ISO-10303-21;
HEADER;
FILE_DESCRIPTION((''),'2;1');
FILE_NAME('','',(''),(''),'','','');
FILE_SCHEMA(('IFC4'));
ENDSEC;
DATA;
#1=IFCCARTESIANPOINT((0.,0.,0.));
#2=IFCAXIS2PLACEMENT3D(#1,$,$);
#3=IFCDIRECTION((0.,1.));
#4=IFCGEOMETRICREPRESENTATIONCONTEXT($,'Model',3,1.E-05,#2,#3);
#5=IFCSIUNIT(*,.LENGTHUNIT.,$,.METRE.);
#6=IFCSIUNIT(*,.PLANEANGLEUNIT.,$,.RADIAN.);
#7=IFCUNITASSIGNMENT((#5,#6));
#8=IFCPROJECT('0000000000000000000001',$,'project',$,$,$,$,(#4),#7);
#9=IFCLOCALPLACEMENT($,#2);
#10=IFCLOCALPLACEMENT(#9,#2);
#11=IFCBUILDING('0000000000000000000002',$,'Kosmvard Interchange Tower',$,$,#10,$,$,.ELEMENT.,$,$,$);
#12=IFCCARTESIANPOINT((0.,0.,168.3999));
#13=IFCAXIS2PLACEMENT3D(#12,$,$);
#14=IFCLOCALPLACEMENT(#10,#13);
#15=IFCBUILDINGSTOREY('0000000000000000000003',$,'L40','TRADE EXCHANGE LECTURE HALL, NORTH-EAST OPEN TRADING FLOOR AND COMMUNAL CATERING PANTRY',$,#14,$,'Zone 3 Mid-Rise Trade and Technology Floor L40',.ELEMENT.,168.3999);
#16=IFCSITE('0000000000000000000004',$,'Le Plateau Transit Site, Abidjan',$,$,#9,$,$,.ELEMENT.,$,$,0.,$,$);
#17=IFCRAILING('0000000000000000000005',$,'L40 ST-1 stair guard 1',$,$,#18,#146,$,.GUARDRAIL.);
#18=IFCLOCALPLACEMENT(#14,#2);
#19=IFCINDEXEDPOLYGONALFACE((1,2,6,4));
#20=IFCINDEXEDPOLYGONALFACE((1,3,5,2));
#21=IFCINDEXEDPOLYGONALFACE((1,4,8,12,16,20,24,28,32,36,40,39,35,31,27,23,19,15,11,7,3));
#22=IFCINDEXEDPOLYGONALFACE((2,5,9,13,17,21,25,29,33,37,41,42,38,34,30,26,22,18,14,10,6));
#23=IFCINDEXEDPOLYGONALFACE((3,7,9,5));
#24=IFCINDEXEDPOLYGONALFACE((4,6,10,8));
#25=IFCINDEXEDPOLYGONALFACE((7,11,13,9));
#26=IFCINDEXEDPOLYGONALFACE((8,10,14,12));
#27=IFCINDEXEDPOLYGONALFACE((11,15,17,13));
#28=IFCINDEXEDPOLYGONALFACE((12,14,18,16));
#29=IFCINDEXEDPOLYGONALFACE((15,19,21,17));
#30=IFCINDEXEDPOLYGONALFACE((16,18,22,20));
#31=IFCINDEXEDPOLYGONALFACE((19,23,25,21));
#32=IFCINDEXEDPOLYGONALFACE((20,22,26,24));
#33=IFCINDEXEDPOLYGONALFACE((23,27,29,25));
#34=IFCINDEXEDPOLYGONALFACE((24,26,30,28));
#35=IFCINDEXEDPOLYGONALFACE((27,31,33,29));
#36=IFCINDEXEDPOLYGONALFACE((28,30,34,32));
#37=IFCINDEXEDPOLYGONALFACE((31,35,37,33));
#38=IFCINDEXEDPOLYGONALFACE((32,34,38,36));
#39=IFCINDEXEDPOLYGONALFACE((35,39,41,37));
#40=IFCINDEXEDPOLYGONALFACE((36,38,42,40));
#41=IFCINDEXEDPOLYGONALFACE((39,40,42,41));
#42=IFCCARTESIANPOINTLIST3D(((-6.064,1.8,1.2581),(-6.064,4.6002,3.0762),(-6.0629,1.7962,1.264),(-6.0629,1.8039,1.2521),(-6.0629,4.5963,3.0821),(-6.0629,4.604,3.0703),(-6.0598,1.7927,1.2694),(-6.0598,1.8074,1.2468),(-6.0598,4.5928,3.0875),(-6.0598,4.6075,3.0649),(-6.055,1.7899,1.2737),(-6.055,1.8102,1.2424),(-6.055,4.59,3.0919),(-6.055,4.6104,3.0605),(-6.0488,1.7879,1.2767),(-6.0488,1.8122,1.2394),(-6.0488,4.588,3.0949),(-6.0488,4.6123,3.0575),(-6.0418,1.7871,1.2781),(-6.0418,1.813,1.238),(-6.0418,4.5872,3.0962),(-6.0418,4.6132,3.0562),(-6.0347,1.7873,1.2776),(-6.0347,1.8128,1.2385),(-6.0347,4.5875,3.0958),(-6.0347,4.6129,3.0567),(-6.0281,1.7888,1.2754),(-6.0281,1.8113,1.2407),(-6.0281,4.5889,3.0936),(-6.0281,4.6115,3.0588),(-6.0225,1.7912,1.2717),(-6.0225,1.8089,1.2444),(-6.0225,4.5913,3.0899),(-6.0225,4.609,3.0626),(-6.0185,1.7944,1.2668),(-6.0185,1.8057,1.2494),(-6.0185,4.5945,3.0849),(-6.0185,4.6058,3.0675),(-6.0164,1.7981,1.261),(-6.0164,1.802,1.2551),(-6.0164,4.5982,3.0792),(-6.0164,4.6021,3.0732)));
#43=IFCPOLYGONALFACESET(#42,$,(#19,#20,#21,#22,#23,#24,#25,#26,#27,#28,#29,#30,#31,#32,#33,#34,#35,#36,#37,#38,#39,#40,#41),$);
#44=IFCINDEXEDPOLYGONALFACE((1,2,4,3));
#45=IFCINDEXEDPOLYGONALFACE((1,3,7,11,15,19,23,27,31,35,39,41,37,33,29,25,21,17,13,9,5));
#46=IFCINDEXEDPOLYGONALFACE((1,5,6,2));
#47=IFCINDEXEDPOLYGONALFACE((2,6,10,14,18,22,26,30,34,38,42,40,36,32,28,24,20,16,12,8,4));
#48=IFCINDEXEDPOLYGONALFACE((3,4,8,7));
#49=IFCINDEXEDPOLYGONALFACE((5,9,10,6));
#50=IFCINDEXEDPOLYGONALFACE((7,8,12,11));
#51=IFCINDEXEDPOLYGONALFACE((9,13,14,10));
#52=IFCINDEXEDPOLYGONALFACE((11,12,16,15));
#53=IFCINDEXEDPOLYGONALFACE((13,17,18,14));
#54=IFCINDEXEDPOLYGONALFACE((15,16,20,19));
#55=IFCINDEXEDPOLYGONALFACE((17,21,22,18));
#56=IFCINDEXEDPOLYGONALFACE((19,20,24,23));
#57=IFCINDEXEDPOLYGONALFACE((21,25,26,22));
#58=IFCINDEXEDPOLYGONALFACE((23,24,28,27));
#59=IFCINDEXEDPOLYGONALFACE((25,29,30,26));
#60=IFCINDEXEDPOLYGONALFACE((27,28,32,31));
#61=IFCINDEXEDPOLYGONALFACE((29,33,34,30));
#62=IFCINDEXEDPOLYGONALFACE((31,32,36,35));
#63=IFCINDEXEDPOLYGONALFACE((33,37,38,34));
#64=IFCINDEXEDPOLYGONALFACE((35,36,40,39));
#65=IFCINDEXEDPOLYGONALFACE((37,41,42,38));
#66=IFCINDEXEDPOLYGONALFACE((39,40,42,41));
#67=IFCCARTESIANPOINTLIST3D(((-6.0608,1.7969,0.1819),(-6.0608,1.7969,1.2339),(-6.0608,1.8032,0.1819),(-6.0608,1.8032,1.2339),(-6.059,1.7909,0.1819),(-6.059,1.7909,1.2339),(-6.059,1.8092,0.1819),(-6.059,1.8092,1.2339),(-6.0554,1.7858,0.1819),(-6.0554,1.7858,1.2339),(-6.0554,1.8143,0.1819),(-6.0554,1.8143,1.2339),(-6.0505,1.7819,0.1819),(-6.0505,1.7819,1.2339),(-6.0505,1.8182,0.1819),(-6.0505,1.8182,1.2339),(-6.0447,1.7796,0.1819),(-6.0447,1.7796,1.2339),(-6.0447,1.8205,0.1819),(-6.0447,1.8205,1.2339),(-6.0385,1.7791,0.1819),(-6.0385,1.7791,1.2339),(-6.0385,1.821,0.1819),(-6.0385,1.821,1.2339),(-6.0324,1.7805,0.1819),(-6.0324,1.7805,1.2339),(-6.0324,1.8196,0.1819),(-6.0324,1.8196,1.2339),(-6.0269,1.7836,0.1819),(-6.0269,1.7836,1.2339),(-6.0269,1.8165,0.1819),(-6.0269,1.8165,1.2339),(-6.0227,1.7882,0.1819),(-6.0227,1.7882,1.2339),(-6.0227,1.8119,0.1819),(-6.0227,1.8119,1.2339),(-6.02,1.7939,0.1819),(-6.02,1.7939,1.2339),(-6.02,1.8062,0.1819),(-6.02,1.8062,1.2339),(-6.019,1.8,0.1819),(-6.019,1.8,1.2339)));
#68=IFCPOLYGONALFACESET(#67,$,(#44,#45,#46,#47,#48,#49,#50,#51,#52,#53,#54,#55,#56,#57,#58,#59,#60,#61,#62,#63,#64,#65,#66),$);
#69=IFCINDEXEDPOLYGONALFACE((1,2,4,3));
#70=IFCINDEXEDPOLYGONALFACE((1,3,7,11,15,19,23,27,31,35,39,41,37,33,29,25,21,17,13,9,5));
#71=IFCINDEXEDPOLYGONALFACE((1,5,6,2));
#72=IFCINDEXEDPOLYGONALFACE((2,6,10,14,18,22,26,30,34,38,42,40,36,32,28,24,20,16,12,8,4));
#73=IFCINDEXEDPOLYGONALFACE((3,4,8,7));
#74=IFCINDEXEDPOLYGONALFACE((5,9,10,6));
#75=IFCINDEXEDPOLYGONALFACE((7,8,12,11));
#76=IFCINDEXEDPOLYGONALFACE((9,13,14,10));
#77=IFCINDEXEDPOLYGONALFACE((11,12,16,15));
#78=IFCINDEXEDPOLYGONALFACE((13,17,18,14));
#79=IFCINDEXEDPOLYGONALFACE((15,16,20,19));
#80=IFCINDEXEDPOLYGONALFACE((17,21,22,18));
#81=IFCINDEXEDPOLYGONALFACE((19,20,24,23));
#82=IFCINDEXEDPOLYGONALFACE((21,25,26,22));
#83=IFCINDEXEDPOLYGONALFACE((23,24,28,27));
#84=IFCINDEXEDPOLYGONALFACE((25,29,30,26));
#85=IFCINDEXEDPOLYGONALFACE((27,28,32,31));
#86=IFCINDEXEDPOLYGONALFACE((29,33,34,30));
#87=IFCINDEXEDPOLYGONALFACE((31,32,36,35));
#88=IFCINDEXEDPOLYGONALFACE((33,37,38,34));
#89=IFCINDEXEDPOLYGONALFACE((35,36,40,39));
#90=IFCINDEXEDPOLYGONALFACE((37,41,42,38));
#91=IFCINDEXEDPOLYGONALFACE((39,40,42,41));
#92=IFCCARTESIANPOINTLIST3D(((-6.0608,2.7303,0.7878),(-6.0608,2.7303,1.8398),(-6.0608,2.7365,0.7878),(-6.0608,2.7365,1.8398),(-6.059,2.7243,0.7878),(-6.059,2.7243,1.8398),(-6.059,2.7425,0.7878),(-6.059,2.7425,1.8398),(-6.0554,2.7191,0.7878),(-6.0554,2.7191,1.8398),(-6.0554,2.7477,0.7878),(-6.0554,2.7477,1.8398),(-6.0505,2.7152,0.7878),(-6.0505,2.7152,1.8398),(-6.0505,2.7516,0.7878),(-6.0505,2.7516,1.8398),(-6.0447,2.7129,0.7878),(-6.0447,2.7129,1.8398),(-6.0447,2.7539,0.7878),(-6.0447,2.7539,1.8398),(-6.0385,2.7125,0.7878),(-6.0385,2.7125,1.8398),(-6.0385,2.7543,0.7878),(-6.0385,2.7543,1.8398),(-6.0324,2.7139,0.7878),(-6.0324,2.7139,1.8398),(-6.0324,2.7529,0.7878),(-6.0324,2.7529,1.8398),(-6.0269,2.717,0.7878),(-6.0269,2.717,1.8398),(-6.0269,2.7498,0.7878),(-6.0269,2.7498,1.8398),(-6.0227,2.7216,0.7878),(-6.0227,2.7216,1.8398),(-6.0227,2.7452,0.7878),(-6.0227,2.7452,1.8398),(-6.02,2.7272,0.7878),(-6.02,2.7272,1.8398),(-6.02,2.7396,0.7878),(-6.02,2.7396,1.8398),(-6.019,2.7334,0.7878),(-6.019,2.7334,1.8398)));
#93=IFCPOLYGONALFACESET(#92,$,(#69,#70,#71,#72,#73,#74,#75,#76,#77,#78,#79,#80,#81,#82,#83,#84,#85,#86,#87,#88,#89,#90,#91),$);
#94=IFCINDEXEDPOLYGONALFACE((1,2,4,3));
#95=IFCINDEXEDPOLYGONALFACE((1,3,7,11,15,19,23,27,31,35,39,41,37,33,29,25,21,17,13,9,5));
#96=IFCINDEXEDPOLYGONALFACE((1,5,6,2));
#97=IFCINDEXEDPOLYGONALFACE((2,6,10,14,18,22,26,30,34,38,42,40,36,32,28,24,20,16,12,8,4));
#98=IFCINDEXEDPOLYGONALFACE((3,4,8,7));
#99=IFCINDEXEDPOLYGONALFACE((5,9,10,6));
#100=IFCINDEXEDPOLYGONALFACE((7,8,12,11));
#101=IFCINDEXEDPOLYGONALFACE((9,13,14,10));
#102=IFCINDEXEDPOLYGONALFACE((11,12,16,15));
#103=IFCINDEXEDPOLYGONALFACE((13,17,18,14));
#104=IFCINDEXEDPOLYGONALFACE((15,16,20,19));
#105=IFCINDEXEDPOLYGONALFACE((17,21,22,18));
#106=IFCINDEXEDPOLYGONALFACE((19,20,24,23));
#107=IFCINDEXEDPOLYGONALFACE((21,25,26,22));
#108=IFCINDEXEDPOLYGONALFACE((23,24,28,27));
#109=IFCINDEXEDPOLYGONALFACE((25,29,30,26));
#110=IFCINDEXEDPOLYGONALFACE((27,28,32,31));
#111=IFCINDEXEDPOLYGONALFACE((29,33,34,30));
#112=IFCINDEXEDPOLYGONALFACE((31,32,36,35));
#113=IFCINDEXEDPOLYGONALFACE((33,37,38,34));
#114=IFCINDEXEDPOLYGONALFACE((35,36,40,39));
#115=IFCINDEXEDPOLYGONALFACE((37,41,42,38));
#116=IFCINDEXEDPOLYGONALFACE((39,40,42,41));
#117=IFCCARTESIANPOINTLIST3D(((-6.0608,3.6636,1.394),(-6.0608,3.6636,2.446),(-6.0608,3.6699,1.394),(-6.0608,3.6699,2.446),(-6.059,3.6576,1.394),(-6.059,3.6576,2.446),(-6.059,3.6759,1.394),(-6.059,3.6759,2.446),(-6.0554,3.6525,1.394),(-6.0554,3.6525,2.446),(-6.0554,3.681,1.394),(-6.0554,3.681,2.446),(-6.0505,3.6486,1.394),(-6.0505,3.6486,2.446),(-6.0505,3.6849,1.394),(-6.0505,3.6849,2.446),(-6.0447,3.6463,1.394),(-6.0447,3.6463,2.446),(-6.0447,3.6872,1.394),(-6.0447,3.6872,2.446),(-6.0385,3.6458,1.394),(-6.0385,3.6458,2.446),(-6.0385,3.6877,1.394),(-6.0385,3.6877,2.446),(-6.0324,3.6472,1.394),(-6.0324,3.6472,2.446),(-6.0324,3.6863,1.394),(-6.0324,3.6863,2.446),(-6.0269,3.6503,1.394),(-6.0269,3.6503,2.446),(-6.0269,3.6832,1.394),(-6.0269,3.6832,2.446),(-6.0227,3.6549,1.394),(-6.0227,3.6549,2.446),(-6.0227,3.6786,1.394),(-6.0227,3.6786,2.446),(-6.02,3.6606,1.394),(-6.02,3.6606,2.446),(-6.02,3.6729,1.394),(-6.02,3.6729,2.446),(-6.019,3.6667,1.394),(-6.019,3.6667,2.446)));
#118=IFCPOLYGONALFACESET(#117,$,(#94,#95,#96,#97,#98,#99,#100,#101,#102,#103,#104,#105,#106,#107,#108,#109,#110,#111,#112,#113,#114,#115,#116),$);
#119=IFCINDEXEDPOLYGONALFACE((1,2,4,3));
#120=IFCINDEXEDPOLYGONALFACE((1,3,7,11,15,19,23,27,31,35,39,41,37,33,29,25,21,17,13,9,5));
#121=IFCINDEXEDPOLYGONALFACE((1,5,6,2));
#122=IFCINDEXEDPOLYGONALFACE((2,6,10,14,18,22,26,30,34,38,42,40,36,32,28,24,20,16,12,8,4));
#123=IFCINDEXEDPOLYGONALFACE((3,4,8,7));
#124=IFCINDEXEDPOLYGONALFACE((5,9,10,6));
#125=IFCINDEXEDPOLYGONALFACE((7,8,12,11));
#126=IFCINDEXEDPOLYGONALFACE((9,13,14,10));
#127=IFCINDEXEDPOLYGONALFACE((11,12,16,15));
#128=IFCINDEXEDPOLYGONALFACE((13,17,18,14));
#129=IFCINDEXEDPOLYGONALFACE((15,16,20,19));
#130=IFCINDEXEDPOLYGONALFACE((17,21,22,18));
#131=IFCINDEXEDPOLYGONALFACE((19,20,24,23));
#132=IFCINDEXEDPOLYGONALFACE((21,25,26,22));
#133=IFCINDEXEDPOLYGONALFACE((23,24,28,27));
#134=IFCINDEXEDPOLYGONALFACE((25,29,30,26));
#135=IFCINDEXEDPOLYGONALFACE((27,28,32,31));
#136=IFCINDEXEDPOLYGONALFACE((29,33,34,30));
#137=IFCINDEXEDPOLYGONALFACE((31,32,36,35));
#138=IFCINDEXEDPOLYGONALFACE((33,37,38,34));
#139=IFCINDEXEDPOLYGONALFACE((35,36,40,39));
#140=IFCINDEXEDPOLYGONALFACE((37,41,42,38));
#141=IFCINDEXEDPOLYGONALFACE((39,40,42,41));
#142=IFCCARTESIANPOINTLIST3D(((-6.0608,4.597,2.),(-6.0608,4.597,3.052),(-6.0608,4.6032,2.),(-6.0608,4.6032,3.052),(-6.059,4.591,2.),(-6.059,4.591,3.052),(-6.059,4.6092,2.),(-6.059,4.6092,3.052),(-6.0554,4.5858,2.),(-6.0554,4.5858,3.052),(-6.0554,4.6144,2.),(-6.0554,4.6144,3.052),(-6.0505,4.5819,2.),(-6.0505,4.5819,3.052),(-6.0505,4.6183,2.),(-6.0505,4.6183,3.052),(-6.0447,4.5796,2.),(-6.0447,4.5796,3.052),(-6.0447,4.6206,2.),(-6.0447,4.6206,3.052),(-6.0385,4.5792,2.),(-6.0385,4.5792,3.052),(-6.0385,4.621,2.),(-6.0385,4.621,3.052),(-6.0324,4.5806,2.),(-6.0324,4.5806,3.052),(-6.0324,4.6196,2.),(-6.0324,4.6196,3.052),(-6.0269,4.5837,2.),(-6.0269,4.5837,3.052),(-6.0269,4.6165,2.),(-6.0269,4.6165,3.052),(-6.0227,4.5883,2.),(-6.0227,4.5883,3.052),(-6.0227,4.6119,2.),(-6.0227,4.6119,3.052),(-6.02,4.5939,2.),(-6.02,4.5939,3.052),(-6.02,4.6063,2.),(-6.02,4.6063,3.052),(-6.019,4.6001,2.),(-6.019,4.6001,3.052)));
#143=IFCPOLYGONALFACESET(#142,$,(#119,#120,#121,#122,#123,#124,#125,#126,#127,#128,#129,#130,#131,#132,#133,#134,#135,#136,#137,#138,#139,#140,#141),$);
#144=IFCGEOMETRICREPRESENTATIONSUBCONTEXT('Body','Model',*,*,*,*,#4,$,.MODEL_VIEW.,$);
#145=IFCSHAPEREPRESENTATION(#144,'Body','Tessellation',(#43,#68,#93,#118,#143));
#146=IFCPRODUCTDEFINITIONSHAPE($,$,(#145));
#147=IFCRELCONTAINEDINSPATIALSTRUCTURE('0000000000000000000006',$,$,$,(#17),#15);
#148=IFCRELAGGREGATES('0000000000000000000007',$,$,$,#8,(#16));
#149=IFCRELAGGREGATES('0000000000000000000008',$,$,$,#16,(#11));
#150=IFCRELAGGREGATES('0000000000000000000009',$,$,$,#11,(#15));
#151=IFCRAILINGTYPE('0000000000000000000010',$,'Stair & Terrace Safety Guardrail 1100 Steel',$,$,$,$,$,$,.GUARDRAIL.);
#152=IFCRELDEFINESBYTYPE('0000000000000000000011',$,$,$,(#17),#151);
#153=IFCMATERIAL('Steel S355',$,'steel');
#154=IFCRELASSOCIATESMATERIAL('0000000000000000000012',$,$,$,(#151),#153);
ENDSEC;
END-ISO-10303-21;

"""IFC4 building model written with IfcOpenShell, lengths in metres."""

from ifc_helpers import new_model, si_unit, direction, frame, origin, origin_2d, place, context, subcontext, project, spatial, circle, extrude, source, transform, mapped, material, type_object, element, save


model = new_model("IFC4")

# Units and contexts
model_context = context("Model", 3, precision=1e-05, world=origin(), true_north=direction((0.0, 1.0)))
body_context = subcontext(model_context, "Body", "Model", "MODEL_VIEW")
ifc_project = project(units=[si_unit("LENGTHUNIT", "METRE"), si_unit("PLANEANGLEUNIT", "RADIAN")], contexts=[model_context])

# Site, building, storey
site_placement = place(None, origin())
site = spatial("IfcSite", under=ifc_project, at=site_placement, Name="Le Plateau Transit Site, Abidjan", CompositionType="ELEMENT", RefElevation=0.0)
building_placement = place(site_placement, origin())
building = spatial("IfcBuilding", under=site, at=building_placement, Name="Kosmvard Interchange Tower", CompositionType="ELEMENT")
storey_placement = place(building_placement, frame((0.0, 0.0, 168.3999)))
storey = spatial("IfcBuildingStorey", under=building, at=storey_placement, Name="L40", Description="TRADE EXCHANGE LECTURE HALL, NORTH-EAST OPEN TRADING FLOOR AND COMMUNAL CATERING PANTRY", LongName="Zone 3 Mid-Rise Trade and Technology Floor L40", CompositionType="ELEMENT", Elevation=168.3999)

# Railing
ifc_material_1 = material(Name="Steel S355", Category="steel")
railing_type_1 = type_object("IfcRailingType", Name="Stair & Terrace Safety Guardrail 1100 Steel", PredefinedType="GUARDRAIL", material=ifc_material_1)
shared_shape_1 = source(origin(), body_context, "Body", "SweptSolid", [
    extrude(circle(Radius=0.0239, at=origin_2d()), frame((0.0, 0.0, 1.0762), z_axis=(0.0, 0.838706, 0.544585), x_axis=(-1.0, 0.0, 0.0)), (0.0, 0.0, 1.0), 3.3386),
    extrude(circle(Radius=0.021, at=origin_2d()), origin(), (0.0, 0.0, 1.0), 1.052),
    extrude(circle(Radius=0.021, at=origin_2d()), frame((0.0, 0.9333, 0.606)), (0.0, 0.0, 1.0), 1.052),
    extrude(circle(Radius=0.021, at=origin_2d()), frame((0.0, 1.8667, 1.2122)), (0.0, 0.0, 1.0), 1.052),
    extrude(circle(Radius=0.021, at=origin_2d()), frame((0.0, 2.8, 1.8181)), (0.0, 0.0, 1.0), 1.052),
])
railing_1_placement = place(storey_placement, frame((-6.04, 1.8, 0.1819)))
element("IfcRailing", 1, at=railing_1_placement, inside=storey, type_object=railing_type_1, Name="L40 ST-1 stair guard 1", PredefinedType="GUARDRAIL", context=body_context, shape_type="MappedRepresentation", body=[
    mapped(shared_shape_1, transform((0.0, 0.0, 0.0), scale=1.0)),
])

save(model, "model.ifc")
